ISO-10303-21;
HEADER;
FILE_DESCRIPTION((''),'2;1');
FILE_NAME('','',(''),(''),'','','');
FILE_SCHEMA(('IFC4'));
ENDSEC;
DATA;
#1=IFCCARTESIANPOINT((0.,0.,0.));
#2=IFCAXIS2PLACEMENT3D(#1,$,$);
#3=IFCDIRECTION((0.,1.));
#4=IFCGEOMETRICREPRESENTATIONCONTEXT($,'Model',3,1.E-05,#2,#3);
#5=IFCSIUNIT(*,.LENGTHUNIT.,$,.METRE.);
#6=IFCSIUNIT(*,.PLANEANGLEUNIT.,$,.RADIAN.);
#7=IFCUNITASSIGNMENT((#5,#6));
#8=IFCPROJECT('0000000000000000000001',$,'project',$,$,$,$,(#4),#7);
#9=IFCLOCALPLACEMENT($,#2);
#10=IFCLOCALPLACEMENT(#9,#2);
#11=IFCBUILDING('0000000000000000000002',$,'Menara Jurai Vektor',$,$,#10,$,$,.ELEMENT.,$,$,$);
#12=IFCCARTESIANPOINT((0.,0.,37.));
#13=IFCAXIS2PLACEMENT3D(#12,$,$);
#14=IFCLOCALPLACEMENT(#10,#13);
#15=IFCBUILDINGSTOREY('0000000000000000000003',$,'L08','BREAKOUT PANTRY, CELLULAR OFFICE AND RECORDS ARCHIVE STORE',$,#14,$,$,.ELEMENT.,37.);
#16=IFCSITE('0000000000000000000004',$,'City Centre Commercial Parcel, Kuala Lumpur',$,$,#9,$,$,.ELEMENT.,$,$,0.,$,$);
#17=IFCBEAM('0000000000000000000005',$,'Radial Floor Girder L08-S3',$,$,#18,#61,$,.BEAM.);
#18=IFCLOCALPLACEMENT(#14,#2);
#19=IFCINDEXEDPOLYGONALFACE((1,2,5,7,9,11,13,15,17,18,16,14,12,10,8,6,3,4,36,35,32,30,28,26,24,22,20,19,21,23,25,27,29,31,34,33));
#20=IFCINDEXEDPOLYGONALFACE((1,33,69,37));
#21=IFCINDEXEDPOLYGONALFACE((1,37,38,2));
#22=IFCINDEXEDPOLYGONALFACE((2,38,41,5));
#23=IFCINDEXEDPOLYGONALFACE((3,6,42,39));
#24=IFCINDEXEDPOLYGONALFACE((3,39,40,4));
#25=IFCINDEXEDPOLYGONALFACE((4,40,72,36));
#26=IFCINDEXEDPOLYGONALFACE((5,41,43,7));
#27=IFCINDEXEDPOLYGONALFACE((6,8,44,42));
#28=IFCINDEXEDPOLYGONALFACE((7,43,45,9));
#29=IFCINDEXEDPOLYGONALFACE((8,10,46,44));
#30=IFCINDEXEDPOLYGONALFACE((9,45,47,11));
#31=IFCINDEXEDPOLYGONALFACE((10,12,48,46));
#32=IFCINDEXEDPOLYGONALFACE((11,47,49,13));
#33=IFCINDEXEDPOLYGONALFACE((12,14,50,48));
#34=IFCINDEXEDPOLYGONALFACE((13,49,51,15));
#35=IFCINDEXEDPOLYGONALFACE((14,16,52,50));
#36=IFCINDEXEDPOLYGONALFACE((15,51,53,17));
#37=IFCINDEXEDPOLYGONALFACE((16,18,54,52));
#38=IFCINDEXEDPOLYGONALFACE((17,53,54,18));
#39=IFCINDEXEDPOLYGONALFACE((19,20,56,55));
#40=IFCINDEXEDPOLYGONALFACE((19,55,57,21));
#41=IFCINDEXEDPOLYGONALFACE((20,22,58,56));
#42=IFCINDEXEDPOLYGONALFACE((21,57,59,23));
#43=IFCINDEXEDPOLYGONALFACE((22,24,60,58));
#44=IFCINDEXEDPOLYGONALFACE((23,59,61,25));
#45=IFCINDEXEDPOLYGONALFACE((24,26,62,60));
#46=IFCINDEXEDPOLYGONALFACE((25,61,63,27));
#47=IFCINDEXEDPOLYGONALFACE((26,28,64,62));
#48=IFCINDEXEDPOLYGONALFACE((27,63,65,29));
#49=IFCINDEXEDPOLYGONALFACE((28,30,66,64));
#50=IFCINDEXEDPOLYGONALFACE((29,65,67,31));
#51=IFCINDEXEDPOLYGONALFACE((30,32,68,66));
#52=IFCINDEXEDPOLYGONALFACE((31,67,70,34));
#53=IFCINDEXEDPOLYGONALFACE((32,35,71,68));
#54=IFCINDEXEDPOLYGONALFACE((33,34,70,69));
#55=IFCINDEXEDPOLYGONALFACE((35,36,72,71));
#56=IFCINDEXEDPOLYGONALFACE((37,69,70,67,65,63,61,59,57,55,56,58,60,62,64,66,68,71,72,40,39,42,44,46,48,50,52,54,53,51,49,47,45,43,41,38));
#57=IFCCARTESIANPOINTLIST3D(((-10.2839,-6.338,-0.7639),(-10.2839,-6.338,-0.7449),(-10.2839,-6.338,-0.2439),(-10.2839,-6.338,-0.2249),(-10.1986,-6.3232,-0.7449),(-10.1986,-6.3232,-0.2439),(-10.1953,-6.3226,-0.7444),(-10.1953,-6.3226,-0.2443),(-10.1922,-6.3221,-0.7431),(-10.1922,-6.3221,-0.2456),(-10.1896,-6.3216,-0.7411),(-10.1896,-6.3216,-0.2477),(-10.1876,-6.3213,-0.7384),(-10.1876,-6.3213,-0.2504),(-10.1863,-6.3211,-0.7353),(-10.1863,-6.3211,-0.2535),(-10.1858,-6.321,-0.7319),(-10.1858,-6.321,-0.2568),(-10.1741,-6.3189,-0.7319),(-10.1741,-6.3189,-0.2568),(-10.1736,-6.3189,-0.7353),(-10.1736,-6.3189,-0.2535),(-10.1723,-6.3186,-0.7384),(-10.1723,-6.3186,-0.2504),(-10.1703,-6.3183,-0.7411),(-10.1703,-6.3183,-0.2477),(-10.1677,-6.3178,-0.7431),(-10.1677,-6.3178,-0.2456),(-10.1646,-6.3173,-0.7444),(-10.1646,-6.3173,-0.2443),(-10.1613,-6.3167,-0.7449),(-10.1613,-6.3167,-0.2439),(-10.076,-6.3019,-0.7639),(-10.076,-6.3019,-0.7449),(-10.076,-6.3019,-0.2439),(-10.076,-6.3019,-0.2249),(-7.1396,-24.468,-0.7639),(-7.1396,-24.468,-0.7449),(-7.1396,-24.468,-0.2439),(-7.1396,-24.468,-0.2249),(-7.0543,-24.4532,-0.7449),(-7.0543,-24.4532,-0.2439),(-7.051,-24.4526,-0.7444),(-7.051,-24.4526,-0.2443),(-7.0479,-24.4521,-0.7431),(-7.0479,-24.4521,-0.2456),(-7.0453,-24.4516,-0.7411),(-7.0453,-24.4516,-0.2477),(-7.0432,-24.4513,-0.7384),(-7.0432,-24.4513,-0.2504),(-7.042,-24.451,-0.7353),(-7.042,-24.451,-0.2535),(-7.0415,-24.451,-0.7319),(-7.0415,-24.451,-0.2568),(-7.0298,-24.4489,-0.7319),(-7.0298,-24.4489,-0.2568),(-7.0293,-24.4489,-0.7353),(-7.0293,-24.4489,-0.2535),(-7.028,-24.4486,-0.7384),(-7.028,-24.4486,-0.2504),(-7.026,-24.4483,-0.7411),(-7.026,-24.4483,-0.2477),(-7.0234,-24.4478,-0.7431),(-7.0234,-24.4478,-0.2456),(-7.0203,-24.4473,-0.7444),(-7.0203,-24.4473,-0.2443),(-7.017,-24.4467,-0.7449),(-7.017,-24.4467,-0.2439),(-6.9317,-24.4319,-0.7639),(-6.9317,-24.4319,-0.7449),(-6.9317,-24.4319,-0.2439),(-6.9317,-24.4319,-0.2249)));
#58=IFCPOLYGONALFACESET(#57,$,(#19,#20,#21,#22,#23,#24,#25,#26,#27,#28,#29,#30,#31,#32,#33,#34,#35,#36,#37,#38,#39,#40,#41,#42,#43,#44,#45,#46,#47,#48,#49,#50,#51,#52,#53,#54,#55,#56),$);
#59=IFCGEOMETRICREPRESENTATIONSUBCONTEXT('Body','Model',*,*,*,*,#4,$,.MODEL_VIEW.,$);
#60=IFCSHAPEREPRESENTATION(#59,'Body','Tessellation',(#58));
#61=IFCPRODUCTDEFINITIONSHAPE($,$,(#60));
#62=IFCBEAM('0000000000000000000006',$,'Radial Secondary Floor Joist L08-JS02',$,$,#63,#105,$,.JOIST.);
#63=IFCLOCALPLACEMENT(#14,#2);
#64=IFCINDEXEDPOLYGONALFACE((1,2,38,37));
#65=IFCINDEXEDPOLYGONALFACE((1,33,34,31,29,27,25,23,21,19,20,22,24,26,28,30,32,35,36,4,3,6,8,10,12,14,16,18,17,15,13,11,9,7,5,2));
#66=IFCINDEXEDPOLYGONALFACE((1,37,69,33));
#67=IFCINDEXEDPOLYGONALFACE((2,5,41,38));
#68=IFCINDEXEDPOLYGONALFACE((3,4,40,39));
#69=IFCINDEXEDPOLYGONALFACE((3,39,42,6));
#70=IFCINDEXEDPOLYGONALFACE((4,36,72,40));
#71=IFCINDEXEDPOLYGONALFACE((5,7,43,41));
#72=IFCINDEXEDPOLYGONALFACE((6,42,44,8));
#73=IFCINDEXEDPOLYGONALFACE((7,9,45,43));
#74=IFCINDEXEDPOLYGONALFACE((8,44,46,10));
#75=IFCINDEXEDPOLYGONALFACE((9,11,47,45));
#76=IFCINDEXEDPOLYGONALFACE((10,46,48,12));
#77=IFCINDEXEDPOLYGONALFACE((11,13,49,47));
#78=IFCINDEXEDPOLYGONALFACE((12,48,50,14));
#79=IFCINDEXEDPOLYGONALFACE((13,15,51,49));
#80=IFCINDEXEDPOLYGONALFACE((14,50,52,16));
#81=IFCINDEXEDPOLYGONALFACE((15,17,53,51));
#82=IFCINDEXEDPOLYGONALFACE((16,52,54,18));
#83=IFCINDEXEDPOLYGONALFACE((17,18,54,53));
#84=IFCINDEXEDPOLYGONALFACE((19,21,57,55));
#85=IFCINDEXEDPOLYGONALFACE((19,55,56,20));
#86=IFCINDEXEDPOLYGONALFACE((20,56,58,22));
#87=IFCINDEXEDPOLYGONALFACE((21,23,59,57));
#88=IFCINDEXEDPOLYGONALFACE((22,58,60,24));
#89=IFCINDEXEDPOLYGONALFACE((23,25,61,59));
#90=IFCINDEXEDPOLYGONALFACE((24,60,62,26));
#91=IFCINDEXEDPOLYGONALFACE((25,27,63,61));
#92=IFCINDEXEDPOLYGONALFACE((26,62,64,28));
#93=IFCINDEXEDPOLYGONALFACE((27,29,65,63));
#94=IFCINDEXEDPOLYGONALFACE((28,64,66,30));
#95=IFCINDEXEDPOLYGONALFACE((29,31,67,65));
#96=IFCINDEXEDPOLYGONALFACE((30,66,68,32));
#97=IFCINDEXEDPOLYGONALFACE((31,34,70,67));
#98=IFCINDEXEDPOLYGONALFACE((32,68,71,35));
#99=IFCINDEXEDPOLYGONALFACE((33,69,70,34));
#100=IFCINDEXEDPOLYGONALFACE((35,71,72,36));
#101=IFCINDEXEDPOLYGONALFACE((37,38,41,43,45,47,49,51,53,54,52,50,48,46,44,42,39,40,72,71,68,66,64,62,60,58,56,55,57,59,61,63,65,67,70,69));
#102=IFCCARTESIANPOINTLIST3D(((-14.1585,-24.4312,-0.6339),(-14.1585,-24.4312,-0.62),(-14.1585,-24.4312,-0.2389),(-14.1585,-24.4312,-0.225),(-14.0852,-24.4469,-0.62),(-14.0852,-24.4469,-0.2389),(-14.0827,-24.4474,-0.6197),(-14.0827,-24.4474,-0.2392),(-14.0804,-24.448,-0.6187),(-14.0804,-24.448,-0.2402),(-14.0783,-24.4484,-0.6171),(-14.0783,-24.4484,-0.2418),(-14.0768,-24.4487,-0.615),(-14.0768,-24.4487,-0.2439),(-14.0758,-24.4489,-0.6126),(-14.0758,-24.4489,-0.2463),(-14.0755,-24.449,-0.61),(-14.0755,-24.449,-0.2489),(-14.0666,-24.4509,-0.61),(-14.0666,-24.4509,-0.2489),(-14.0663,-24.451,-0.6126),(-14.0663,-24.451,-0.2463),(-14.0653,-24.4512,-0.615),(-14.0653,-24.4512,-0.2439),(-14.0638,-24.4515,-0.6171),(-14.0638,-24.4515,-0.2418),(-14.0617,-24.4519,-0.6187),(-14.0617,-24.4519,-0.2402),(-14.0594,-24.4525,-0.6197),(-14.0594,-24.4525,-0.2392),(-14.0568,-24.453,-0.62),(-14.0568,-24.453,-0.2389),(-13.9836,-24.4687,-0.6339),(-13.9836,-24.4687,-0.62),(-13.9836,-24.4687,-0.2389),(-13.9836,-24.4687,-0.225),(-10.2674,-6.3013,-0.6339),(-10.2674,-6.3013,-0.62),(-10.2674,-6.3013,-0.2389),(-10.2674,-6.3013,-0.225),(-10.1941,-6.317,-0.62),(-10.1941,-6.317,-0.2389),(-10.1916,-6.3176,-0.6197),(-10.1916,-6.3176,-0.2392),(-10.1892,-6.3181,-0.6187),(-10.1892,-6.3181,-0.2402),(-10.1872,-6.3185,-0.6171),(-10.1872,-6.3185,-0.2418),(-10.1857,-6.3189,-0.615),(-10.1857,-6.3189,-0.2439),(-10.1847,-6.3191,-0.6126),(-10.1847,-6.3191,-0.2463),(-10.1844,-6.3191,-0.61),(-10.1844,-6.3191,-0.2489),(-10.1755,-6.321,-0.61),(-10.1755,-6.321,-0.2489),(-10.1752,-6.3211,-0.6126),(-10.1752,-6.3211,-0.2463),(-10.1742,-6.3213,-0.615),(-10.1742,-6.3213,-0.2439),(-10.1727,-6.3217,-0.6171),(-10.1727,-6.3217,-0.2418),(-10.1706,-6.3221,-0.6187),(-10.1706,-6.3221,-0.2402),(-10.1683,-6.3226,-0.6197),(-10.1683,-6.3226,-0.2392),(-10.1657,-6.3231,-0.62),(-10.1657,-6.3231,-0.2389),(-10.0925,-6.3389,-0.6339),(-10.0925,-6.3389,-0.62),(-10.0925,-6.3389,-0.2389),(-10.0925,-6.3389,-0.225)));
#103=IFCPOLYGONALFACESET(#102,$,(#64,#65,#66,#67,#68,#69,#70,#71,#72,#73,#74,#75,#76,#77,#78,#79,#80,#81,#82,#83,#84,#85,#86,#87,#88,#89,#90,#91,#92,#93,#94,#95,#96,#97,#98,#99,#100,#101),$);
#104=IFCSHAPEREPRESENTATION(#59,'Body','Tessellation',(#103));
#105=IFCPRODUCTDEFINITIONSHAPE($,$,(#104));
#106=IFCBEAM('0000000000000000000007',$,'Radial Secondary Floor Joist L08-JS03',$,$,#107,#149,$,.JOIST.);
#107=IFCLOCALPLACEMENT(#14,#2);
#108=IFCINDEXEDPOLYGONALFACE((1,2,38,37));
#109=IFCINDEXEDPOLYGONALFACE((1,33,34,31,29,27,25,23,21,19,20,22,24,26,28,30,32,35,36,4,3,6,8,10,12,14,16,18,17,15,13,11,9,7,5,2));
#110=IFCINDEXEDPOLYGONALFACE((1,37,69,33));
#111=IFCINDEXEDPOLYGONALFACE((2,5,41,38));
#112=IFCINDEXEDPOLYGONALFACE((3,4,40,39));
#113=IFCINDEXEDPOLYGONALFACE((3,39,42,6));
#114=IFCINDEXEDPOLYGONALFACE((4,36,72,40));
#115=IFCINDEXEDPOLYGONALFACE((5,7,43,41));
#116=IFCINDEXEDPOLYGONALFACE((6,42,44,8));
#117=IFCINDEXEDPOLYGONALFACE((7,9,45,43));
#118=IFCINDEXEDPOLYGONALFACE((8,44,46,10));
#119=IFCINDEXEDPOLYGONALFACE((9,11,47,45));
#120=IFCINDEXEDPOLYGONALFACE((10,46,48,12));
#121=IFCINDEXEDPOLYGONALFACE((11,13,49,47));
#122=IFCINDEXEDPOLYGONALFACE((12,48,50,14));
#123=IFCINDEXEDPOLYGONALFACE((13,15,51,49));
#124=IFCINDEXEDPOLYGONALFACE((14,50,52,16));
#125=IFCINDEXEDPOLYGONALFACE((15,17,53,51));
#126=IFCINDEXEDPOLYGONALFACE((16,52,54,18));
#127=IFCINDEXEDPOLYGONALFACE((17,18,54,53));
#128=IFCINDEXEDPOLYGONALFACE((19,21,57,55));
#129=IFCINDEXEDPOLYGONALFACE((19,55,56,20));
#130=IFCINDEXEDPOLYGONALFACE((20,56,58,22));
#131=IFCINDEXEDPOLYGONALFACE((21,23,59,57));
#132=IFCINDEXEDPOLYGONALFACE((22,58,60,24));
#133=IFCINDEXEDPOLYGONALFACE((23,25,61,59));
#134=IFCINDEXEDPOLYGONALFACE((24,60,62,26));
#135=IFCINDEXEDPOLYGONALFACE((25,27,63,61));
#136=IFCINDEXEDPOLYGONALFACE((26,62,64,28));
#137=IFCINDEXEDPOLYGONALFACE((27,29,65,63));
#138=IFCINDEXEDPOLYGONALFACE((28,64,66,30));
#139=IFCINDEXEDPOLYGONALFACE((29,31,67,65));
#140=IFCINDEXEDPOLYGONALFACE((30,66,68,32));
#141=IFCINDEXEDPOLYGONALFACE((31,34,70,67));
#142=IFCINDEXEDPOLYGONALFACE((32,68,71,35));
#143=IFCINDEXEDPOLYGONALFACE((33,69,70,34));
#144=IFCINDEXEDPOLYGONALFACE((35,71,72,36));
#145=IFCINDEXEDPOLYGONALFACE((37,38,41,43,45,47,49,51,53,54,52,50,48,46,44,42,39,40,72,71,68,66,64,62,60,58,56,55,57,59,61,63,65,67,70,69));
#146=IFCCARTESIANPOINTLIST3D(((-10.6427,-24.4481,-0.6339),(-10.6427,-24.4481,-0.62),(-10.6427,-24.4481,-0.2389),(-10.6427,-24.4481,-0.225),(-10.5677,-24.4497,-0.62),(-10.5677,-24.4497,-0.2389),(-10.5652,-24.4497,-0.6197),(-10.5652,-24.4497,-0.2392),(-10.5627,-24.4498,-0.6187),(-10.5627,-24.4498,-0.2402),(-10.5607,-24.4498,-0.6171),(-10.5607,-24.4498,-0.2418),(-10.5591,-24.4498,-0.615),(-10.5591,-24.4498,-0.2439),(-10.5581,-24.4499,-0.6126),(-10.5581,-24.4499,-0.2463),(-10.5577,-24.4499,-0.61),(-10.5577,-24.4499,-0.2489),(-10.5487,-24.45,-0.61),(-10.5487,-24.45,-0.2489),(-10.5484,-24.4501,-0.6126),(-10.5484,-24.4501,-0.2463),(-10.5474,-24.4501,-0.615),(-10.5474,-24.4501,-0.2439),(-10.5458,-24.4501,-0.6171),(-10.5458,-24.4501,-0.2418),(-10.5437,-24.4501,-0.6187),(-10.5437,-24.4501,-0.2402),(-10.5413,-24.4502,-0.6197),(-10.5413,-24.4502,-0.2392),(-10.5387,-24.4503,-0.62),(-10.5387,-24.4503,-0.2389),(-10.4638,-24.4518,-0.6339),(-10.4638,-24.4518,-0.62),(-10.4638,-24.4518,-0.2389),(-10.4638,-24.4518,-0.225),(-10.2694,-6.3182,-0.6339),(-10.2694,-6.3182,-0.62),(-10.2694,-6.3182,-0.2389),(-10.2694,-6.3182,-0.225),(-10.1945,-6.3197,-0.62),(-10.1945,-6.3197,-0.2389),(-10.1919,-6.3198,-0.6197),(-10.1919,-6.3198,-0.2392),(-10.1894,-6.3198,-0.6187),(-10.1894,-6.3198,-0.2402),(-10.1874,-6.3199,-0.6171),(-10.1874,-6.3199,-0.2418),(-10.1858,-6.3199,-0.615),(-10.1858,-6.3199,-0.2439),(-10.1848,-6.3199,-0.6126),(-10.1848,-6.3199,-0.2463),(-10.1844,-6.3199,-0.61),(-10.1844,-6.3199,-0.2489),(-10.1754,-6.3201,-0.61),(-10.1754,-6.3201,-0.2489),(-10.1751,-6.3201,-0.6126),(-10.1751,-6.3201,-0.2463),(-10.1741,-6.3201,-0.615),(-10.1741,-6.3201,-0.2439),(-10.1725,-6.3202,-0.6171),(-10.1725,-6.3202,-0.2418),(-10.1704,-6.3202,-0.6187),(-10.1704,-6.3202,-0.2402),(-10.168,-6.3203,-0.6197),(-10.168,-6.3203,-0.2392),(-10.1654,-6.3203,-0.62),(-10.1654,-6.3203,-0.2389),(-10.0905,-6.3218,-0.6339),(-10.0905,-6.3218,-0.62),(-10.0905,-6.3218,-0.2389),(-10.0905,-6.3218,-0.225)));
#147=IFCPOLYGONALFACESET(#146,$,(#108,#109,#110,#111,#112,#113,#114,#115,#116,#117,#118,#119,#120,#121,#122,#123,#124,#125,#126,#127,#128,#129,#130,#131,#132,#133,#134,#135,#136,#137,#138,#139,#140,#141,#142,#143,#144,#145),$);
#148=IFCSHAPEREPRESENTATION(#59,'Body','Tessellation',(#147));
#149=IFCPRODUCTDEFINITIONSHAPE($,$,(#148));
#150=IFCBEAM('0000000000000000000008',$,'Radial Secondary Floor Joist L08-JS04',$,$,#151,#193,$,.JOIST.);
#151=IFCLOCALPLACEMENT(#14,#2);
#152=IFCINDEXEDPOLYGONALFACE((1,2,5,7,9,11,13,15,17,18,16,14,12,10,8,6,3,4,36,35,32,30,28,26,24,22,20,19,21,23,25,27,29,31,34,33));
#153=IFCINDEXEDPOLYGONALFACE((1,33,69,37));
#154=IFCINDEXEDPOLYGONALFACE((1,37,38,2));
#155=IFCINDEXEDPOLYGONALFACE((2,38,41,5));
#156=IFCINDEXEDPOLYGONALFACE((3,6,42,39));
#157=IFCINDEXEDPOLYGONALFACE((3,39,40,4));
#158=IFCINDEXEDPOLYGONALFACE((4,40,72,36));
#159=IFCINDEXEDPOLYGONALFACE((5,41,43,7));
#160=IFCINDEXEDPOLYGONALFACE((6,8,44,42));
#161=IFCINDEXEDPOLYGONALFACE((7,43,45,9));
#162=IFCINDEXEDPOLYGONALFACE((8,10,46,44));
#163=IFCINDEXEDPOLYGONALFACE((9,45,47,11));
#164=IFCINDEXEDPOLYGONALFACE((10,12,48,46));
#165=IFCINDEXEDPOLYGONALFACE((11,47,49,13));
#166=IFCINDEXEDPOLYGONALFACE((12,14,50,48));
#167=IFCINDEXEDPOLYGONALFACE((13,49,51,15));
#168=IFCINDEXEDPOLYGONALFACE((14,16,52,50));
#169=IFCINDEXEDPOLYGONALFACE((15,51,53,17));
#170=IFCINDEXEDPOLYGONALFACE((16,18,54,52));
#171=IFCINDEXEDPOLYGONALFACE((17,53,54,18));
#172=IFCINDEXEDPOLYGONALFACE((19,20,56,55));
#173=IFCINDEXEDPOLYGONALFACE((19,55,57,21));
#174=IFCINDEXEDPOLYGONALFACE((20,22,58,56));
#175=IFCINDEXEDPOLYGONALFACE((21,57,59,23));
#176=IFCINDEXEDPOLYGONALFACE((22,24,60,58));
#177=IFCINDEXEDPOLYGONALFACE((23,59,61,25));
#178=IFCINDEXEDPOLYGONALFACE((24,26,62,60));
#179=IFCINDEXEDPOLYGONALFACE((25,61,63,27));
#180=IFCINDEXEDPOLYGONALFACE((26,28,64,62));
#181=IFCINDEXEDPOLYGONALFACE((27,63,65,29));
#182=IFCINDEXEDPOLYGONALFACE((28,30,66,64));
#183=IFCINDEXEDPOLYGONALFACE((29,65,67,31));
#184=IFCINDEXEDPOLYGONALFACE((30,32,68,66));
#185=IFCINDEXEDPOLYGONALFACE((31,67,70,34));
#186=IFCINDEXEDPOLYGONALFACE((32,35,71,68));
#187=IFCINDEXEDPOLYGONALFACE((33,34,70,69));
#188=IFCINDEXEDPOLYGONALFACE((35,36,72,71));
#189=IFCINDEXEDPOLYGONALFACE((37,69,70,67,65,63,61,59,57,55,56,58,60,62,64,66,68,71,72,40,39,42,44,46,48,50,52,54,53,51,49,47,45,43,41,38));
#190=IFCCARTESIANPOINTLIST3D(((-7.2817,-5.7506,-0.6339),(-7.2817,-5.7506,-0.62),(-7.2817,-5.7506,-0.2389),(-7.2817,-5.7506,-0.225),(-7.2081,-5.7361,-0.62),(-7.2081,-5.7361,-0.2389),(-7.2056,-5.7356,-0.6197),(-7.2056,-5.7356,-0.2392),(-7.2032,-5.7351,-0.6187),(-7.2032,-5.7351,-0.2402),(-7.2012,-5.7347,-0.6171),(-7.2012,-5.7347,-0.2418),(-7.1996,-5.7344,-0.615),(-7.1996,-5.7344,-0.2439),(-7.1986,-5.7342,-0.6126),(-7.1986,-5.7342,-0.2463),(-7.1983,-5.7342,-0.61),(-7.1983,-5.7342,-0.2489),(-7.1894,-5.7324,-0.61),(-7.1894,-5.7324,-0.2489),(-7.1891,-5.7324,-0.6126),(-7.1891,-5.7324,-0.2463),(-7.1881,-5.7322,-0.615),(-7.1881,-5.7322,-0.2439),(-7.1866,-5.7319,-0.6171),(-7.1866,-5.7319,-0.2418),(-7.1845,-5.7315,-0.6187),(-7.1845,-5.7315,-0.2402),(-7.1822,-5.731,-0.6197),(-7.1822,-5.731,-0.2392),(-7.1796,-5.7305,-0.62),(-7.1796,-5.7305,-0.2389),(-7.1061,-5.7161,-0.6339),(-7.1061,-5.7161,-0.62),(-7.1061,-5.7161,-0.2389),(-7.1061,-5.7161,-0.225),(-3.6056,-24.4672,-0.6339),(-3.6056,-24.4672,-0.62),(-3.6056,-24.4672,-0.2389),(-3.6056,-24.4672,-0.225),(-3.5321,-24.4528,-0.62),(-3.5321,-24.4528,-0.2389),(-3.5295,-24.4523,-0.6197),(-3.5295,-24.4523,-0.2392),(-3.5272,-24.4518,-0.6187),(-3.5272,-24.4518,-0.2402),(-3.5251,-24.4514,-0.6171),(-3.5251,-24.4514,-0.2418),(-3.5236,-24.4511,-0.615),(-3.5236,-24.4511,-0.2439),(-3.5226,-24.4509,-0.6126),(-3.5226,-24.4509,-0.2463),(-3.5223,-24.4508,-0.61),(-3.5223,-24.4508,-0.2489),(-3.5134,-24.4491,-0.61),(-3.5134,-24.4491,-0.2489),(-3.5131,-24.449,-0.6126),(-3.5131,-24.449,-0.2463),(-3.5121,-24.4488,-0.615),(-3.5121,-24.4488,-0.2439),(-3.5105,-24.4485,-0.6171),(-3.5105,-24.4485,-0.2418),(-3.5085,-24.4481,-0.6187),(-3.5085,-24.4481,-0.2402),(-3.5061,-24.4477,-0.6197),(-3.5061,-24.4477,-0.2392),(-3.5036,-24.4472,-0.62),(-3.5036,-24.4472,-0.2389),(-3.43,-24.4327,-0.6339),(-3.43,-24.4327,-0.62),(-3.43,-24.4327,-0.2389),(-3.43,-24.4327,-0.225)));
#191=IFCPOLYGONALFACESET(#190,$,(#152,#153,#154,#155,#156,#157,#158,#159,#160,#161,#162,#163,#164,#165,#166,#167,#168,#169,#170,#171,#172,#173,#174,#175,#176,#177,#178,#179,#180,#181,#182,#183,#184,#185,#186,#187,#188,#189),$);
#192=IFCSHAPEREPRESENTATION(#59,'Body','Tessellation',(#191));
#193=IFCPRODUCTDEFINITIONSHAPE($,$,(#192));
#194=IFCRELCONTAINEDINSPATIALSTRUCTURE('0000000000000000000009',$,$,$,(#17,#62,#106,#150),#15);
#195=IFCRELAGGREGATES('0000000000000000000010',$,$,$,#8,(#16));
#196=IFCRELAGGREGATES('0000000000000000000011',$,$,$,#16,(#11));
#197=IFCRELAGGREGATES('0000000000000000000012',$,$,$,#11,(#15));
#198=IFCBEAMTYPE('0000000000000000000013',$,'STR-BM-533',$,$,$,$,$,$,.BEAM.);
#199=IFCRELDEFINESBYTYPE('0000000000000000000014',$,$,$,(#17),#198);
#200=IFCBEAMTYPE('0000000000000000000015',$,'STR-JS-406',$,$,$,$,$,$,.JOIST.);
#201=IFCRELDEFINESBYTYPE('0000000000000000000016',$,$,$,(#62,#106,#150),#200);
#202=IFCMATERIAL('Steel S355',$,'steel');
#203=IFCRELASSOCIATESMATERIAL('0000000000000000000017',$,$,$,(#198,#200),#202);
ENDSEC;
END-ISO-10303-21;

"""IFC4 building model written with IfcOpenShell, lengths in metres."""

from ifc_helpers import new_model, si_unit, direction, frame, origin, origin_2d, place, context, subcontext, project, spatial, i_section, extrude, material, material_profile, profile_set, type_object, element, save


model = new_model("IFC4")

# Units and contexts
model_context = context("Model", 3, precision=1e-05, world=origin(), true_north=direction((0.0, 1.0)))
body_context = subcontext(model_context, "Body", "Model", "MODEL_VIEW")
ifc_project = project(units=[si_unit("LENGTHUNIT", "METRE"), si_unit("PLANEANGLEUNIT", "RADIAN")], contexts=[model_context])

# Site, building, storey
site_placement = place(None, origin())
site = spatial("IfcSite", under=ifc_project, at=site_placement, Name="City Centre Commercial Parcel, Kuala Lumpur", CompositionType="ELEMENT", RefElevation=0.0)
building_placement = place(site_placement, origin())
building = spatial("IfcBuilding", under=site, at=building_placement, Name="Menara Jurai Vektor", CompositionType="ELEMENT")
storey_placement = place(building_placement, frame((0.0, 0.0, 37.0)))
storey = spatial("IfcBuildingStorey", under=building, at=storey_placement, Name="L08", Description="BREAKOUT PANTRY, CELLULAR OFFICE AND RECORDS ARCHIVE STORE", CompositionType="ELEMENT", Elevation=37.0)

# Beams
ifc_material_1 = material(Name="Steel S355", Category="steel")
ifc_material_profile_1 = material_profile(ifc_material_1, i_section(OverallWidth=0.2109, OverallDepth=0.5391, WebThickness=0.012, FlangeThickness=0.019, FilletRadius=0.0129, at=origin_2d()), Name="UKB 533x210x109")
ifc_profile_set_1 = profile_set([ifc_material_profile_1], Name="Steel S355")
beam_type_1 = type_object("IfcBeamType", Name="STR-BM-533", PredefinedType="BEAM", material=ifc_profile_set_1)
beam_1_placement = place(storey_placement, frame((-7.0356, -24.45, -0.4944), z_axis=(-0.17088, 0.985292, 0.0), x_axis=(-0.985292, -0.17088, 0.0)))
element("IfcBeam", 1, at=beam_1_placement, inside=storey, type_object=beam_type_1, Name="Radial Floor Girder L08-S3", PredefinedType="BEAM", context=body_context, shape_type="SweptSolid", body=[
    extrude(i_section(OverallWidth=0.2109, OverallDepth=0.5391, WebThickness=0.012, FlangeThickness=0.019, FilletRadius=0.0129, at=origin_2d()), origin(), (0.0, 0.0, 1.0), 18.4006),
])
ifc_material_profile_2 = material_profile(ifc_material_1, i_section(OverallWidth=0.179, OverallDepth=0.4089, WebThickness=0.009, FlangeThickness=0.0139, FilletRadius=0.01, at=origin_2d()), Name="UKB 406x178x67")
ifc_profile_set_2 = profile_set([ifc_material_profile_2], Name="Steel S355")
beam_type_2 = type_object("IfcBeamType", Name="STR-JS-406", PredefinedType="JOIST", material=ifc_profile_set_2)
beam_2_placement = place(storey_placement, frame((-14.071, -24.45, -0.4294), z_axis=(0.209846, 0.977735, 0.0), x_axis=(-0.977735, 0.209846, 0.0)))
element("IfcBeam", 2, at=beam_2_placement, inside=storey, type_object=beam_type_2, Name="Radial Secondary Floor Joist L08-JS02", PredefinedType="JOIST", context=body_context, shape_type="SweptSolid", body=[
    extrude(i_section(OverallWidth=0.179, OverallDepth=0.4089, WebThickness=0.009, FlangeThickness=0.0139, FilletRadius=0.01, at=origin_2d()), origin(), (0.0, 0.0, 1.0), 18.5427),
])
beam_3_placement = place(storey_placement, frame((-10.5532, -24.45, -0.4294), z_axis=(0.020585, 0.999788, 0.0), x_axis=(-0.999788, 0.020585, 0.0)))
element("IfcBeam", 3, at=beam_3_placement, inside=storey, type_object=beam_type_2, Name="Radial Secondary Floor Joist L08-JS03", PredefinedType="JOIST", context=body_context, shape_type="SweptSolid", body=[
    extrude(i_section(OverallWidth=0.179, OverallDepth=0.4089, WebThickness=0.009, FlangeThickness=0.0139, FilletRadius=0.01, at=origin_2d()), origin(), (0.0, 0.0, 1.0), 18.1338),
])
beam_4_placement = place(storey_placement, frame((-3.5178, -24.45, -0.4294), z_axis=(-0.192723, 0.981253, 0.0), x_axis=(-0.981253, -0.192723, 0.0)))
element("IfcBeam", 4, at=beam_4_placement, inside=storey, type_object=beam_type_2, Name="Radial Secondary Floor Joist L08-JS04", PredefinedType="JOIST", context=body_context, shape_type="SweptSolid", body=[
    extrude(i_section(OverallWidth=0.179, OverallDepth=0.4089, WebThickness=0.009, FlangeThickness=0.0139, FilletRadius=0.01, at=origin_2d()), origin(), (0.0, 0.0, 1.0), 19.0742),
])

save(model, "model.ifc")
